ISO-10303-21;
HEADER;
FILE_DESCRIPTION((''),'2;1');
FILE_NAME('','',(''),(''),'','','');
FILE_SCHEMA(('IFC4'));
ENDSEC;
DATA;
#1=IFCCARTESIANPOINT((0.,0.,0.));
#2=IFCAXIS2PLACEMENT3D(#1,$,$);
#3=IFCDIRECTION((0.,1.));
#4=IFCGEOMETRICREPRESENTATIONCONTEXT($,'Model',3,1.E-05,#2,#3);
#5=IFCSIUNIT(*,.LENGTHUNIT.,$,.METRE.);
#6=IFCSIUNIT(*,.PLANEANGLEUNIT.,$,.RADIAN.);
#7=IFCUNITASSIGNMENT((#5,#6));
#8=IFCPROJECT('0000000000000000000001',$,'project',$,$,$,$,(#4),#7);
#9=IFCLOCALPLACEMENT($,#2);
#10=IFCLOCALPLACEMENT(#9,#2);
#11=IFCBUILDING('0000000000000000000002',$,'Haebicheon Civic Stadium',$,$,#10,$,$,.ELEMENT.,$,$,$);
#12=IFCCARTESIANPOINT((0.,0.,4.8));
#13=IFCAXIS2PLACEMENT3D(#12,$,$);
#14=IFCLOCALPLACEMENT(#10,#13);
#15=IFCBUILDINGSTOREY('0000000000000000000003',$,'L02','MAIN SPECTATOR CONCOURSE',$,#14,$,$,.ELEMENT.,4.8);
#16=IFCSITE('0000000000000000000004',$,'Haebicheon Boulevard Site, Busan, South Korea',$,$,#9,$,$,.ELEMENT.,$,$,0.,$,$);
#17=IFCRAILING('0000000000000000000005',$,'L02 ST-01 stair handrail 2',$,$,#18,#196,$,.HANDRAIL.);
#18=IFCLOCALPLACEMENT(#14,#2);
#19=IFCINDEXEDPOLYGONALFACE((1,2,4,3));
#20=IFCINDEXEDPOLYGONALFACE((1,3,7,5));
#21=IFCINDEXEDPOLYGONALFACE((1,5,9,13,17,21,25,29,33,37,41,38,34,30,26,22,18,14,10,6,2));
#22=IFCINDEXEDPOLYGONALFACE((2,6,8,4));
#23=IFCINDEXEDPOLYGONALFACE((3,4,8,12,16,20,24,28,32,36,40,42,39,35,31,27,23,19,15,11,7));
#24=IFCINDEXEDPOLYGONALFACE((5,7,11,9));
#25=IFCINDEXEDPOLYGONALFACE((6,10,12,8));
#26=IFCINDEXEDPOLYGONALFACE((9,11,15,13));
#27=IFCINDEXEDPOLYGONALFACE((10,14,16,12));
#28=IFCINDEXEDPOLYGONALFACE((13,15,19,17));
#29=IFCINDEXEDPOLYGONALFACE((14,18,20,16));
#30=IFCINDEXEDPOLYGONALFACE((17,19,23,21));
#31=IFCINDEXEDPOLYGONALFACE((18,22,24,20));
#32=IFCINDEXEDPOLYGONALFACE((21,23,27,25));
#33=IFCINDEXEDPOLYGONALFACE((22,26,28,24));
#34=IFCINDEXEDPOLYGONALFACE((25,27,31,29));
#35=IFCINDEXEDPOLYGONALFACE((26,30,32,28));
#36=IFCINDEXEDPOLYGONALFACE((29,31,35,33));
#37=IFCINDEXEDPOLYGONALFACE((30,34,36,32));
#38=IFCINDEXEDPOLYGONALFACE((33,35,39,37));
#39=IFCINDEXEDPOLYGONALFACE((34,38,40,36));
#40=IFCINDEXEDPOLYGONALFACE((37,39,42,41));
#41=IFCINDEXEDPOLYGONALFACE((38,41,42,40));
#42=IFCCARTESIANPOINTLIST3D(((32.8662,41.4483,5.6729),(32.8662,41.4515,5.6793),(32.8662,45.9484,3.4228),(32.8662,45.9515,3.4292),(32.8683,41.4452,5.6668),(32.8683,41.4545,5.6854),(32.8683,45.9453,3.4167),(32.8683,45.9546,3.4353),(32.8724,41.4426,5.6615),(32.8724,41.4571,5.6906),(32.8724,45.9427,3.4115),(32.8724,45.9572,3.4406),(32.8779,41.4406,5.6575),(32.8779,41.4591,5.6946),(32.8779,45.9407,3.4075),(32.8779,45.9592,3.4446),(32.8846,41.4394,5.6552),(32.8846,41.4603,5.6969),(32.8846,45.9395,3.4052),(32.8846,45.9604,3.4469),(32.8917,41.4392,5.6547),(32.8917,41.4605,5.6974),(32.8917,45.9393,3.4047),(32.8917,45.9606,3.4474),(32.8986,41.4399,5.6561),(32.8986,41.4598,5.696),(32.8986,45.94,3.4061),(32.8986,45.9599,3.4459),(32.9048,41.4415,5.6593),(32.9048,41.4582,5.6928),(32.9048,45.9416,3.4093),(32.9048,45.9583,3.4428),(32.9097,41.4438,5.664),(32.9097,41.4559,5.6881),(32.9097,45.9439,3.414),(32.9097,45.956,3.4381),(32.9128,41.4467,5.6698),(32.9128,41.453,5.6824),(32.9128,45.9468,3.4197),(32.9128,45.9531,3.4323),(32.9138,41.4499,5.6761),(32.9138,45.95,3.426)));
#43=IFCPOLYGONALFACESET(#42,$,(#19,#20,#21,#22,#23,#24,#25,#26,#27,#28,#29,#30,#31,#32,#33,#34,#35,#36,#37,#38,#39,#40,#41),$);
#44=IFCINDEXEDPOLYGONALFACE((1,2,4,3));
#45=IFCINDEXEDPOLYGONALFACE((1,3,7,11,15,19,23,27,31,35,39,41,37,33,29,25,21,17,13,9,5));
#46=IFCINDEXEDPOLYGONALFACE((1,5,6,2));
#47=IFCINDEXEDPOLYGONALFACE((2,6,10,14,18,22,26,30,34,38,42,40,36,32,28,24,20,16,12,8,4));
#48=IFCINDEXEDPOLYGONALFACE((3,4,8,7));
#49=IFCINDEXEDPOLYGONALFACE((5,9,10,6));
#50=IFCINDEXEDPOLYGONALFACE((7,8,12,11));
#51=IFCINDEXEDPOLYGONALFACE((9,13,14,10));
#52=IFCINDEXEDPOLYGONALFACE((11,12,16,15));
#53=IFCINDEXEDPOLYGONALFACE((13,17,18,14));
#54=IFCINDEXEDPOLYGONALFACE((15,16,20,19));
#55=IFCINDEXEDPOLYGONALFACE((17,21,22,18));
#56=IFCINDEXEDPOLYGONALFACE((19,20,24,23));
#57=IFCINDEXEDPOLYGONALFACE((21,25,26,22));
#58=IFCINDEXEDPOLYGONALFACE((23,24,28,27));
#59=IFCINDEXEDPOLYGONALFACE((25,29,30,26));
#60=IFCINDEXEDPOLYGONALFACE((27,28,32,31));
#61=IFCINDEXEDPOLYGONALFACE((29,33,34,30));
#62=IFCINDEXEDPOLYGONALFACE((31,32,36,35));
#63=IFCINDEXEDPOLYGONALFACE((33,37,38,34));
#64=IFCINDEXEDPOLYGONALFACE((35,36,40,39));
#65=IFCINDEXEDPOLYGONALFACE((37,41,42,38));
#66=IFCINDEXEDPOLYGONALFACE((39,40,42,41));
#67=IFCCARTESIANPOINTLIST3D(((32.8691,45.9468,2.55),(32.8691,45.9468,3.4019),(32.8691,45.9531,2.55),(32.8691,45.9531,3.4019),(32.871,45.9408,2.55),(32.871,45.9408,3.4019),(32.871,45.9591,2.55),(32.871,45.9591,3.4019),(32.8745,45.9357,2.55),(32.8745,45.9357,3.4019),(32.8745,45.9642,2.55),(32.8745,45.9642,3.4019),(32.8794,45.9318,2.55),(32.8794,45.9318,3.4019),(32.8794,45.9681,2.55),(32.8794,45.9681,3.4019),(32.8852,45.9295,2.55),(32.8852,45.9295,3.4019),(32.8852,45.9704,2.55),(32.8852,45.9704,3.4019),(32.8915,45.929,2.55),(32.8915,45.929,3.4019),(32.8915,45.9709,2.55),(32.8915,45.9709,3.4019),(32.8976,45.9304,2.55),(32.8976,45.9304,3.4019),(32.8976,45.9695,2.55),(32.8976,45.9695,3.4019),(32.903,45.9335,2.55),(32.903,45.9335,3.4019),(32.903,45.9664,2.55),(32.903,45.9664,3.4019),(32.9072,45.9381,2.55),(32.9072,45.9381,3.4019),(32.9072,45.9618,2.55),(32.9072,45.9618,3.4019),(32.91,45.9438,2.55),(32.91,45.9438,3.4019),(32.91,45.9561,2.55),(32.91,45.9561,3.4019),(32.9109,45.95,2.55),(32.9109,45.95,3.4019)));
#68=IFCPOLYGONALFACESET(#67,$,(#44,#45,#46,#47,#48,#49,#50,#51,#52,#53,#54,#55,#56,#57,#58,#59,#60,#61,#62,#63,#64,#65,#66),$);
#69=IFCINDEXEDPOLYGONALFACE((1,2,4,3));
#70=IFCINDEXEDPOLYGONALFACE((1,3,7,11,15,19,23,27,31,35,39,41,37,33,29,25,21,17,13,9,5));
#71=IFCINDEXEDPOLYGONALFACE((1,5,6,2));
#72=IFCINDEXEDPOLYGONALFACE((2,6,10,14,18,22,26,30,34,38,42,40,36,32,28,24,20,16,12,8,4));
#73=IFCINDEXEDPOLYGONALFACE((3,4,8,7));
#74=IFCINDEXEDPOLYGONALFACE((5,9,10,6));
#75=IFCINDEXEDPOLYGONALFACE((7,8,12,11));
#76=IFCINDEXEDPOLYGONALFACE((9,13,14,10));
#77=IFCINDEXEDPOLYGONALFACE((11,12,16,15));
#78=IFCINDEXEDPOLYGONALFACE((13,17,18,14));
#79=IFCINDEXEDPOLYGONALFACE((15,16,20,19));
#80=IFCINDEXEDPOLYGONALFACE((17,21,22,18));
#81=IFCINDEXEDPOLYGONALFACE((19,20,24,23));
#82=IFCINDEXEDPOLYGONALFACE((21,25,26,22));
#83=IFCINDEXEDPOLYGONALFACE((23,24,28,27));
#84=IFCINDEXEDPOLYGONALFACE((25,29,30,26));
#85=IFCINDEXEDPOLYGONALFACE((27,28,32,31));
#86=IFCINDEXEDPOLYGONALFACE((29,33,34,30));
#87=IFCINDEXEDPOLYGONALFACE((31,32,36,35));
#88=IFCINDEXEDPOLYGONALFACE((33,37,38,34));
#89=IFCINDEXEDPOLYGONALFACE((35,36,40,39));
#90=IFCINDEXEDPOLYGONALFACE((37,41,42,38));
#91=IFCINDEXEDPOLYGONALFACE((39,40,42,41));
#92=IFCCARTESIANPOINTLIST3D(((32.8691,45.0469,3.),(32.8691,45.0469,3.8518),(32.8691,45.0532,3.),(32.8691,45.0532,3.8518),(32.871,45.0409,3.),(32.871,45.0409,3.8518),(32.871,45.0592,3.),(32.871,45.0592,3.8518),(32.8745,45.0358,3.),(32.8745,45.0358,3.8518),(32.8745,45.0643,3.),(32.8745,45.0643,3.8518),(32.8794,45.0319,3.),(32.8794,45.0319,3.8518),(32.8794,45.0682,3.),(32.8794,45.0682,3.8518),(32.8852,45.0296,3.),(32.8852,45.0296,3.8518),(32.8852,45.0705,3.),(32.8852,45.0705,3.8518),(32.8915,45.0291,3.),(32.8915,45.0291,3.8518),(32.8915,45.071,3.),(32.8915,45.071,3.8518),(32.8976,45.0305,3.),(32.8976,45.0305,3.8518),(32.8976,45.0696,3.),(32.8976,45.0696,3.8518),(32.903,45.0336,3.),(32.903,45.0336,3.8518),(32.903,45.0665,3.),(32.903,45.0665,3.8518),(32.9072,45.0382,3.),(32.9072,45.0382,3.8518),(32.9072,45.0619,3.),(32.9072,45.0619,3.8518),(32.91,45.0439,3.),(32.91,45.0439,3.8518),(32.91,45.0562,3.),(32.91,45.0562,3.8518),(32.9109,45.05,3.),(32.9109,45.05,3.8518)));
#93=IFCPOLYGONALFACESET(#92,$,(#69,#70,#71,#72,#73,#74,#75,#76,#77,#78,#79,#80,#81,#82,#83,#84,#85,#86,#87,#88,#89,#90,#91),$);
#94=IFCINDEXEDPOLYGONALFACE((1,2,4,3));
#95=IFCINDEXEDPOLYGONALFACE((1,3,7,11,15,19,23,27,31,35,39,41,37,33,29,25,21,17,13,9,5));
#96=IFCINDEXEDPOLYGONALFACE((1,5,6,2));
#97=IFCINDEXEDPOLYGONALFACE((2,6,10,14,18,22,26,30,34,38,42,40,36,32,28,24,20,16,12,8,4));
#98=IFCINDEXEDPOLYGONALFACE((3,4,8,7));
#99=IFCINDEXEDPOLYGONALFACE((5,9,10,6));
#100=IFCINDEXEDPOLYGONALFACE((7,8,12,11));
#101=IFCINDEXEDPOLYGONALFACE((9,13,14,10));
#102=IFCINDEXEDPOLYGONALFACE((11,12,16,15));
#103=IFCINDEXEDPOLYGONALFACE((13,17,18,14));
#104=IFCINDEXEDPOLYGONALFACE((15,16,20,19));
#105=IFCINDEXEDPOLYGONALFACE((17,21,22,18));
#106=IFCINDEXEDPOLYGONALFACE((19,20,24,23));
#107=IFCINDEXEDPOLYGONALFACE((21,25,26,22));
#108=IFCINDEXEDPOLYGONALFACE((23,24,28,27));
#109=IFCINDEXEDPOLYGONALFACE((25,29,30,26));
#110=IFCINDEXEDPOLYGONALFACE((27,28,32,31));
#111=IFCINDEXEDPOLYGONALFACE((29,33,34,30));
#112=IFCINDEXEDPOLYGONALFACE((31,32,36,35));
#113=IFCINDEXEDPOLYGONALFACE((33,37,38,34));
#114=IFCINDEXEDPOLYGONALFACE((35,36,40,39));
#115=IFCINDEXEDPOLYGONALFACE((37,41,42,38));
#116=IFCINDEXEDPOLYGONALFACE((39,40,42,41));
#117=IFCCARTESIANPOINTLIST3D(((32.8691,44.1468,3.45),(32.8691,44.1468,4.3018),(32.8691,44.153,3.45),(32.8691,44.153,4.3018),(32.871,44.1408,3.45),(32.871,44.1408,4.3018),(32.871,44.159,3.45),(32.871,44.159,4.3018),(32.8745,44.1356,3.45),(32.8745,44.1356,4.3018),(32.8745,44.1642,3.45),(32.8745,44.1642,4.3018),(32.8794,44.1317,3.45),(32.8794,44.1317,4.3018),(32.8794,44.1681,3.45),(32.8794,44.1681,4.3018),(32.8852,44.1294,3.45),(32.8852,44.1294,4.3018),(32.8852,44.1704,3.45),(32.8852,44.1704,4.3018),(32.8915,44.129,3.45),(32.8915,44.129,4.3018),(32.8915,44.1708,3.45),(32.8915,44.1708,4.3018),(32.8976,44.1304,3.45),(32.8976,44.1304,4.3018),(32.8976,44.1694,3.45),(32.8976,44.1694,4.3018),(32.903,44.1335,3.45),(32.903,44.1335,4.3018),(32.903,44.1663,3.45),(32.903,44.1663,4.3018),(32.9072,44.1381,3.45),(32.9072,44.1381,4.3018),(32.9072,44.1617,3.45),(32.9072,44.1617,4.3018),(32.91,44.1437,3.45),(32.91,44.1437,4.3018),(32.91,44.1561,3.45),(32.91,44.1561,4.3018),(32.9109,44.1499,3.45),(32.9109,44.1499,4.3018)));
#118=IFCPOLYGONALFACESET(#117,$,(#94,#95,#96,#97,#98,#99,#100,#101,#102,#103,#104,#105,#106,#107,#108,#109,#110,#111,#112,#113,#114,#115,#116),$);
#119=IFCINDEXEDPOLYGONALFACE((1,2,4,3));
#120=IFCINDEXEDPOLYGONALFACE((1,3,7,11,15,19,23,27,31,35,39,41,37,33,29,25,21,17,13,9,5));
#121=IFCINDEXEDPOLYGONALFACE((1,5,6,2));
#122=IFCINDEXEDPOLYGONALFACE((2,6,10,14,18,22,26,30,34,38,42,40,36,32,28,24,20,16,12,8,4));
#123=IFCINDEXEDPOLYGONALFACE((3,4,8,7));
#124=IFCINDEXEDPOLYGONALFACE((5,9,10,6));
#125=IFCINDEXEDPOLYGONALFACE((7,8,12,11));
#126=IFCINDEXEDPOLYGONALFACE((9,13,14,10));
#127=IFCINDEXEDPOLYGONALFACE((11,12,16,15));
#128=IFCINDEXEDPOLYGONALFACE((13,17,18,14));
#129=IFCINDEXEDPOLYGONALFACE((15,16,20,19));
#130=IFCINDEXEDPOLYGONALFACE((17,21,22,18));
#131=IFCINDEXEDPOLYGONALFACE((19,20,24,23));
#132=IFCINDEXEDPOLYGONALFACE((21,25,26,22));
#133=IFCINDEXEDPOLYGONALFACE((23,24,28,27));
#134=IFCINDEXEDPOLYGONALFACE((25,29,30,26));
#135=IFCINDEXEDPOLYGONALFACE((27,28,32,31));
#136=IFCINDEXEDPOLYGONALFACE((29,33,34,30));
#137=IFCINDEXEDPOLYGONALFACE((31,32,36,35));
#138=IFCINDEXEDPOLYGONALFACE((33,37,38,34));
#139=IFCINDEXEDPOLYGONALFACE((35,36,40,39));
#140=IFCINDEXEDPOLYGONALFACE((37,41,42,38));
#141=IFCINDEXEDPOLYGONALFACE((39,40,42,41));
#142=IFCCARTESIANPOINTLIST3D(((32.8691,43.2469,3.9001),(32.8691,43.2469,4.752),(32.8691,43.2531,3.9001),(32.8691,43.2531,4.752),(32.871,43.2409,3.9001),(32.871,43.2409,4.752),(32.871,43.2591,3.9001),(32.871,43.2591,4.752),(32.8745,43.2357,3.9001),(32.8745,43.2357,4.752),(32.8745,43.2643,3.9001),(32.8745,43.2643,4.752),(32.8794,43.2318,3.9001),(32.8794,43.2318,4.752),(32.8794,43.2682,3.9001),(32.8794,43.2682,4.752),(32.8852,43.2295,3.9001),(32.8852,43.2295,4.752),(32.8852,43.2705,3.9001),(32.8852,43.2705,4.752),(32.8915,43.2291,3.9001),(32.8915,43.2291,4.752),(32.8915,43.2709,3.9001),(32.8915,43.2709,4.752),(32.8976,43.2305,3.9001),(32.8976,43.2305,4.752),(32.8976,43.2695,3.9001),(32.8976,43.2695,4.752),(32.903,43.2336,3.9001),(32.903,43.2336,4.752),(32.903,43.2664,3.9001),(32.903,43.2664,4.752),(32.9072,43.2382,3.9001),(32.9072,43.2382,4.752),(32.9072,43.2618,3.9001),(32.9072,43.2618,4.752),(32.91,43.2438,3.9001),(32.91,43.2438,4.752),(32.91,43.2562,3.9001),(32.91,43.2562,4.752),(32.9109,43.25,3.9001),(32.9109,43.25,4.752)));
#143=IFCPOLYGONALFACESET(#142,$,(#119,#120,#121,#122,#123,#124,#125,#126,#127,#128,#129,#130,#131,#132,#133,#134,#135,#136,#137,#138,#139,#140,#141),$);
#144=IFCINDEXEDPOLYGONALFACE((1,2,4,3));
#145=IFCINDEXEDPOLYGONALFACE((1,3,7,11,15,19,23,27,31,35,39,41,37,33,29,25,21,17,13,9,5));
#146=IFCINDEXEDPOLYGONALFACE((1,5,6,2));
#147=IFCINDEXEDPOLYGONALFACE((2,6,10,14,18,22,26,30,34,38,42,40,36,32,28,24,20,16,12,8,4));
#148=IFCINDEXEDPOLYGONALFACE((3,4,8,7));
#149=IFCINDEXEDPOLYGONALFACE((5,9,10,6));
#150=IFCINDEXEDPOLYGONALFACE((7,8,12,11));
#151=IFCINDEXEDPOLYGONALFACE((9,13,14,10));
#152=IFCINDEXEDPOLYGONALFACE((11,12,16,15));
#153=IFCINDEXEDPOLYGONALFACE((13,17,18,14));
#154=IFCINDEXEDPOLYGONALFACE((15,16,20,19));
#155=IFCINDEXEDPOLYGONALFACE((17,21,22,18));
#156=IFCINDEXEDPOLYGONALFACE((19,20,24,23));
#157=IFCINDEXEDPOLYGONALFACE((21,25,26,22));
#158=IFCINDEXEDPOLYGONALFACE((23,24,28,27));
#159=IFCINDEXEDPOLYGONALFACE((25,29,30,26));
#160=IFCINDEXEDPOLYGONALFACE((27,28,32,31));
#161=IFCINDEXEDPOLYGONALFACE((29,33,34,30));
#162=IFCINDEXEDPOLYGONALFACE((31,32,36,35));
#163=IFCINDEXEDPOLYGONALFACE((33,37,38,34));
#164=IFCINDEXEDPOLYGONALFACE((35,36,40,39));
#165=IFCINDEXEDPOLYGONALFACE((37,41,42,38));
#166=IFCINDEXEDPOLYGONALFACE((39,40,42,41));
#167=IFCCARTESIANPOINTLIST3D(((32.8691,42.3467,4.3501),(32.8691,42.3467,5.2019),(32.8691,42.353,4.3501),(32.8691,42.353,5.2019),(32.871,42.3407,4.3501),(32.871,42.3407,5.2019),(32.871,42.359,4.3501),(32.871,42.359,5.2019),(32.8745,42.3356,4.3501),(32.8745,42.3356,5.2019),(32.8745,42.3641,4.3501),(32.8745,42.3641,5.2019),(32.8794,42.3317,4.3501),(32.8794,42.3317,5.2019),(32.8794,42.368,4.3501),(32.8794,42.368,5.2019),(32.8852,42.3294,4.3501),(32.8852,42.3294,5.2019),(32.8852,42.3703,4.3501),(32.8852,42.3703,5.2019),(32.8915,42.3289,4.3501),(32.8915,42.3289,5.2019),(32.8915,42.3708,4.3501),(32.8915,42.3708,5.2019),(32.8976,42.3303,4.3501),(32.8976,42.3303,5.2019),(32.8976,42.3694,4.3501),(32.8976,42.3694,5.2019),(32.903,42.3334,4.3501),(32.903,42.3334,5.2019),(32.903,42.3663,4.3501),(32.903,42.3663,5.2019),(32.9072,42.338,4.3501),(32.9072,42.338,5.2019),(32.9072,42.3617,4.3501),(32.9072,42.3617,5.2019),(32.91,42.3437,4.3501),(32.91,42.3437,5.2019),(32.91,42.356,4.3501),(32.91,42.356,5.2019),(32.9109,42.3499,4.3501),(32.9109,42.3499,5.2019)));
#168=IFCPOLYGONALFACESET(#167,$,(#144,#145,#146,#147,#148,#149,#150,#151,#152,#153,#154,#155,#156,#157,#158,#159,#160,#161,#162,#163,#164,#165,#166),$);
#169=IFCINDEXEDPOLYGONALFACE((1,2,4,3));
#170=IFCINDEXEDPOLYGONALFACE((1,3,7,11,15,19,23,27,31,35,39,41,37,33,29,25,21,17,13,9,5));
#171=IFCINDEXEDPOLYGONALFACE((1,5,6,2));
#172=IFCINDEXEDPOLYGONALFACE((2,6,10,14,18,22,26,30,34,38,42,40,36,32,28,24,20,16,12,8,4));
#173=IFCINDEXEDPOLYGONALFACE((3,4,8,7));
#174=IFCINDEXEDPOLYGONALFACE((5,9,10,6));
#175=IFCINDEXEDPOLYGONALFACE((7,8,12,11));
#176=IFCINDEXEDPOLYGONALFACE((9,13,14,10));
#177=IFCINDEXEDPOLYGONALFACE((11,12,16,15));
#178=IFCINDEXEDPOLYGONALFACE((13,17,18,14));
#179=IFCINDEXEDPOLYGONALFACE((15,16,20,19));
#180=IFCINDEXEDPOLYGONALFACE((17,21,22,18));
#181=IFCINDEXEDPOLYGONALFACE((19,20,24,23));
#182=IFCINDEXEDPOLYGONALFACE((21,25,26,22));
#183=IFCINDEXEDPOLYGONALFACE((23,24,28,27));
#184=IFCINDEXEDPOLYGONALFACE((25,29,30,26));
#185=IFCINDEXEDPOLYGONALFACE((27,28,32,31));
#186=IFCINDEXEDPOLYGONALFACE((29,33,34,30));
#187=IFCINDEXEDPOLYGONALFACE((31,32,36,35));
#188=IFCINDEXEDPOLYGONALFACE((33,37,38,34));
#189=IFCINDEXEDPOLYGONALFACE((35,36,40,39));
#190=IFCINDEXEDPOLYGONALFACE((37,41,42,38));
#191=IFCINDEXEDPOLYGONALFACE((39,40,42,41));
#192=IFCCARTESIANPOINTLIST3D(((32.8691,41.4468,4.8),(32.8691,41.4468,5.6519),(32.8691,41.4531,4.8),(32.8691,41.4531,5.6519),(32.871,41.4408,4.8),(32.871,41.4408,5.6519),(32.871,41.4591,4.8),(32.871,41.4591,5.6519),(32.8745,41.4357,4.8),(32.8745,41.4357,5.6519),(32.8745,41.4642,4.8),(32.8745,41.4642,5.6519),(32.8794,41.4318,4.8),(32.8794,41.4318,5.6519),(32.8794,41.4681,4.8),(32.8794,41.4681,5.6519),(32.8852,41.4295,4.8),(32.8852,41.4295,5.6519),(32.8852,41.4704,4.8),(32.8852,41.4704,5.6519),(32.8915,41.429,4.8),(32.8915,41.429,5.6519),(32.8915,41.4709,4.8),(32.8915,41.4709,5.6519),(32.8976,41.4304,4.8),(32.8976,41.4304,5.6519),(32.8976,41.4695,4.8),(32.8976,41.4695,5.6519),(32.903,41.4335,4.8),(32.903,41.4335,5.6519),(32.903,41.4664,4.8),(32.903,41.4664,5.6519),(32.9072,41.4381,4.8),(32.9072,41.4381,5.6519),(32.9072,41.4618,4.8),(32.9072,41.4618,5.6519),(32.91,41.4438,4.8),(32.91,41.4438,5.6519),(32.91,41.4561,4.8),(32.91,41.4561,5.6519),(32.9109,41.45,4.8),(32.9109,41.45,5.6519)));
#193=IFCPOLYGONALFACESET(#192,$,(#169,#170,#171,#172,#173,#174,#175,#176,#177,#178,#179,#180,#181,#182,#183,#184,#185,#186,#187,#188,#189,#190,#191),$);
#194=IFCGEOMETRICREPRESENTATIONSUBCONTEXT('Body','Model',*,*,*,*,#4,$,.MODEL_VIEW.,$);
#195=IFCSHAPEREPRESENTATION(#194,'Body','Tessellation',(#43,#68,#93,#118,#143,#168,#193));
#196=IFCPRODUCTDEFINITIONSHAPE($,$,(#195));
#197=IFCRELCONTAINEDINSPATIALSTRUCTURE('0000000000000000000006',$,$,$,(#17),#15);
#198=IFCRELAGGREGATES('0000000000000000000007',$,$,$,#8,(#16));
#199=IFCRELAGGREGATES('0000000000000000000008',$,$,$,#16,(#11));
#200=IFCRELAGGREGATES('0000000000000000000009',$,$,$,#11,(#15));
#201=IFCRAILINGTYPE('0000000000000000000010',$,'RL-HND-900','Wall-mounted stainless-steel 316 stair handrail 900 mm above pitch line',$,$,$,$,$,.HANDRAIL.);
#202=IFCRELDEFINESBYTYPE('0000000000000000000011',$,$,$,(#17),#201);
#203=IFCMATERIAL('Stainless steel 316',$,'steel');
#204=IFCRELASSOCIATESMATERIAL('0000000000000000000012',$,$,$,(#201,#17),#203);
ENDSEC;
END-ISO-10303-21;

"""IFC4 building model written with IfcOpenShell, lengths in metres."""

from ifc_helpers import new_model, si_unit, direction, frame, origin, origin_2d, place, context, subcontext, project, spatial, circle, extrude, material, type_object, element, save


model = new_model("IFC4")

# Units and contexts
model_context = context("Model", 3, precision=1e-05, world=origin(), true_north=direction((0.0, 1.0)))
body_context = subcontext(model_context, "Body", "Model", "MODEL_VIEW")
ifc_project = project(units=[si_unit("LENGTHUNIT", "METRE"), si_unit("PLANEANGLEUNIT", "RADIAN")], contexts=[model_context])

# Site, building, storey
site_placement = place(None, origin())
site = spatial("IfcSite", under=ifc_project, at=site_placement, Name="Haebicheon Boulevard Site, Busan, South Korea", CompositionType="ELEMENT", RefElevation=0.0)
building_placement = place(site_placement, origin())
building = spatial("IfcBuilding", under=site, at=building_placement, Name="Haebicheon Civic Stadium", CompositionType="ELEMENT")
storey_placement = place(building_placement, frame((0.0, 0.0, 4.8)))
storey = spatial("IfcBuildingStorey", under=building, at=storey_placement, Name="L02", Description="MAIN SPECTATOR CONCOURSE", CompositionType="ELEMENT", Elevation=4.8)

# Railing
ifc_material_1 = material(Name="Stainless steel 316", Category="steel")
railing_type_1 = type_object("IfcRailingType", Name="RL-HND-900", Description="Wall-mounted stainless-steel 316 stair handrail 900 mm above pitch line", PredefinedType="HANDRAIL", material=ifc_material_1)
railing_1_placement = place(storey_placement, frame((32.8899, 45.95, 2.55)))
element("IfcRailing", 1, at=railing_1_placement, inside=storey, type_object=railing_type_1, material=ifc_material_1, Name="L02 ST-01 stair handrail 2", PredefinedType="HANDRAIL", context=body_context, shape_type="SweptSolid", body=[
    extrude(circle(Radius=0.0239, at=origin_2d()), frame((0.0, 0.0, 0.876), z_axis=(0.0, -0.894427, 0.447214), x_axis=(1.0, 0.0, 0.0)), (0.0, 0.0, 1.0), 5.0312),
    extrude(circle(Radius=0.021, at=origin_2d()), origin(), (0.0, 0.0, 1.0), 0.8518),
    extrude(circle(Radius=0.021, at=origin_2d()), frame((0.0, -0.8999, 0.45)), (0.0, 0.0, 1.0), 0.8518),
    extrude(circle(Radius=0.021, at=origin_2d()), frame((0.0, -1.8, 0.8999)), (0.0, 0.0, 1.0), 0.8518),
    extrude(circle(Radius=0.021, at=origin_2d()), frame((0.0, -2.7, 1.3501)), (0.0, 0.0, 1.0), 0.8518),
    extrude(circle(Radius=0.021, at=origin_2d()), frame((0.0, -3.6001, 1.8)), (0.0, 0.0, 1.0), 0.8518),
    extrude(circle(Radius=0.021, at=origin_2d()), frame((0.0, -4.5, 2.25)), (0.0, 0.0, 1.0), 0.8518),
])

save(model, "model.ifc")
